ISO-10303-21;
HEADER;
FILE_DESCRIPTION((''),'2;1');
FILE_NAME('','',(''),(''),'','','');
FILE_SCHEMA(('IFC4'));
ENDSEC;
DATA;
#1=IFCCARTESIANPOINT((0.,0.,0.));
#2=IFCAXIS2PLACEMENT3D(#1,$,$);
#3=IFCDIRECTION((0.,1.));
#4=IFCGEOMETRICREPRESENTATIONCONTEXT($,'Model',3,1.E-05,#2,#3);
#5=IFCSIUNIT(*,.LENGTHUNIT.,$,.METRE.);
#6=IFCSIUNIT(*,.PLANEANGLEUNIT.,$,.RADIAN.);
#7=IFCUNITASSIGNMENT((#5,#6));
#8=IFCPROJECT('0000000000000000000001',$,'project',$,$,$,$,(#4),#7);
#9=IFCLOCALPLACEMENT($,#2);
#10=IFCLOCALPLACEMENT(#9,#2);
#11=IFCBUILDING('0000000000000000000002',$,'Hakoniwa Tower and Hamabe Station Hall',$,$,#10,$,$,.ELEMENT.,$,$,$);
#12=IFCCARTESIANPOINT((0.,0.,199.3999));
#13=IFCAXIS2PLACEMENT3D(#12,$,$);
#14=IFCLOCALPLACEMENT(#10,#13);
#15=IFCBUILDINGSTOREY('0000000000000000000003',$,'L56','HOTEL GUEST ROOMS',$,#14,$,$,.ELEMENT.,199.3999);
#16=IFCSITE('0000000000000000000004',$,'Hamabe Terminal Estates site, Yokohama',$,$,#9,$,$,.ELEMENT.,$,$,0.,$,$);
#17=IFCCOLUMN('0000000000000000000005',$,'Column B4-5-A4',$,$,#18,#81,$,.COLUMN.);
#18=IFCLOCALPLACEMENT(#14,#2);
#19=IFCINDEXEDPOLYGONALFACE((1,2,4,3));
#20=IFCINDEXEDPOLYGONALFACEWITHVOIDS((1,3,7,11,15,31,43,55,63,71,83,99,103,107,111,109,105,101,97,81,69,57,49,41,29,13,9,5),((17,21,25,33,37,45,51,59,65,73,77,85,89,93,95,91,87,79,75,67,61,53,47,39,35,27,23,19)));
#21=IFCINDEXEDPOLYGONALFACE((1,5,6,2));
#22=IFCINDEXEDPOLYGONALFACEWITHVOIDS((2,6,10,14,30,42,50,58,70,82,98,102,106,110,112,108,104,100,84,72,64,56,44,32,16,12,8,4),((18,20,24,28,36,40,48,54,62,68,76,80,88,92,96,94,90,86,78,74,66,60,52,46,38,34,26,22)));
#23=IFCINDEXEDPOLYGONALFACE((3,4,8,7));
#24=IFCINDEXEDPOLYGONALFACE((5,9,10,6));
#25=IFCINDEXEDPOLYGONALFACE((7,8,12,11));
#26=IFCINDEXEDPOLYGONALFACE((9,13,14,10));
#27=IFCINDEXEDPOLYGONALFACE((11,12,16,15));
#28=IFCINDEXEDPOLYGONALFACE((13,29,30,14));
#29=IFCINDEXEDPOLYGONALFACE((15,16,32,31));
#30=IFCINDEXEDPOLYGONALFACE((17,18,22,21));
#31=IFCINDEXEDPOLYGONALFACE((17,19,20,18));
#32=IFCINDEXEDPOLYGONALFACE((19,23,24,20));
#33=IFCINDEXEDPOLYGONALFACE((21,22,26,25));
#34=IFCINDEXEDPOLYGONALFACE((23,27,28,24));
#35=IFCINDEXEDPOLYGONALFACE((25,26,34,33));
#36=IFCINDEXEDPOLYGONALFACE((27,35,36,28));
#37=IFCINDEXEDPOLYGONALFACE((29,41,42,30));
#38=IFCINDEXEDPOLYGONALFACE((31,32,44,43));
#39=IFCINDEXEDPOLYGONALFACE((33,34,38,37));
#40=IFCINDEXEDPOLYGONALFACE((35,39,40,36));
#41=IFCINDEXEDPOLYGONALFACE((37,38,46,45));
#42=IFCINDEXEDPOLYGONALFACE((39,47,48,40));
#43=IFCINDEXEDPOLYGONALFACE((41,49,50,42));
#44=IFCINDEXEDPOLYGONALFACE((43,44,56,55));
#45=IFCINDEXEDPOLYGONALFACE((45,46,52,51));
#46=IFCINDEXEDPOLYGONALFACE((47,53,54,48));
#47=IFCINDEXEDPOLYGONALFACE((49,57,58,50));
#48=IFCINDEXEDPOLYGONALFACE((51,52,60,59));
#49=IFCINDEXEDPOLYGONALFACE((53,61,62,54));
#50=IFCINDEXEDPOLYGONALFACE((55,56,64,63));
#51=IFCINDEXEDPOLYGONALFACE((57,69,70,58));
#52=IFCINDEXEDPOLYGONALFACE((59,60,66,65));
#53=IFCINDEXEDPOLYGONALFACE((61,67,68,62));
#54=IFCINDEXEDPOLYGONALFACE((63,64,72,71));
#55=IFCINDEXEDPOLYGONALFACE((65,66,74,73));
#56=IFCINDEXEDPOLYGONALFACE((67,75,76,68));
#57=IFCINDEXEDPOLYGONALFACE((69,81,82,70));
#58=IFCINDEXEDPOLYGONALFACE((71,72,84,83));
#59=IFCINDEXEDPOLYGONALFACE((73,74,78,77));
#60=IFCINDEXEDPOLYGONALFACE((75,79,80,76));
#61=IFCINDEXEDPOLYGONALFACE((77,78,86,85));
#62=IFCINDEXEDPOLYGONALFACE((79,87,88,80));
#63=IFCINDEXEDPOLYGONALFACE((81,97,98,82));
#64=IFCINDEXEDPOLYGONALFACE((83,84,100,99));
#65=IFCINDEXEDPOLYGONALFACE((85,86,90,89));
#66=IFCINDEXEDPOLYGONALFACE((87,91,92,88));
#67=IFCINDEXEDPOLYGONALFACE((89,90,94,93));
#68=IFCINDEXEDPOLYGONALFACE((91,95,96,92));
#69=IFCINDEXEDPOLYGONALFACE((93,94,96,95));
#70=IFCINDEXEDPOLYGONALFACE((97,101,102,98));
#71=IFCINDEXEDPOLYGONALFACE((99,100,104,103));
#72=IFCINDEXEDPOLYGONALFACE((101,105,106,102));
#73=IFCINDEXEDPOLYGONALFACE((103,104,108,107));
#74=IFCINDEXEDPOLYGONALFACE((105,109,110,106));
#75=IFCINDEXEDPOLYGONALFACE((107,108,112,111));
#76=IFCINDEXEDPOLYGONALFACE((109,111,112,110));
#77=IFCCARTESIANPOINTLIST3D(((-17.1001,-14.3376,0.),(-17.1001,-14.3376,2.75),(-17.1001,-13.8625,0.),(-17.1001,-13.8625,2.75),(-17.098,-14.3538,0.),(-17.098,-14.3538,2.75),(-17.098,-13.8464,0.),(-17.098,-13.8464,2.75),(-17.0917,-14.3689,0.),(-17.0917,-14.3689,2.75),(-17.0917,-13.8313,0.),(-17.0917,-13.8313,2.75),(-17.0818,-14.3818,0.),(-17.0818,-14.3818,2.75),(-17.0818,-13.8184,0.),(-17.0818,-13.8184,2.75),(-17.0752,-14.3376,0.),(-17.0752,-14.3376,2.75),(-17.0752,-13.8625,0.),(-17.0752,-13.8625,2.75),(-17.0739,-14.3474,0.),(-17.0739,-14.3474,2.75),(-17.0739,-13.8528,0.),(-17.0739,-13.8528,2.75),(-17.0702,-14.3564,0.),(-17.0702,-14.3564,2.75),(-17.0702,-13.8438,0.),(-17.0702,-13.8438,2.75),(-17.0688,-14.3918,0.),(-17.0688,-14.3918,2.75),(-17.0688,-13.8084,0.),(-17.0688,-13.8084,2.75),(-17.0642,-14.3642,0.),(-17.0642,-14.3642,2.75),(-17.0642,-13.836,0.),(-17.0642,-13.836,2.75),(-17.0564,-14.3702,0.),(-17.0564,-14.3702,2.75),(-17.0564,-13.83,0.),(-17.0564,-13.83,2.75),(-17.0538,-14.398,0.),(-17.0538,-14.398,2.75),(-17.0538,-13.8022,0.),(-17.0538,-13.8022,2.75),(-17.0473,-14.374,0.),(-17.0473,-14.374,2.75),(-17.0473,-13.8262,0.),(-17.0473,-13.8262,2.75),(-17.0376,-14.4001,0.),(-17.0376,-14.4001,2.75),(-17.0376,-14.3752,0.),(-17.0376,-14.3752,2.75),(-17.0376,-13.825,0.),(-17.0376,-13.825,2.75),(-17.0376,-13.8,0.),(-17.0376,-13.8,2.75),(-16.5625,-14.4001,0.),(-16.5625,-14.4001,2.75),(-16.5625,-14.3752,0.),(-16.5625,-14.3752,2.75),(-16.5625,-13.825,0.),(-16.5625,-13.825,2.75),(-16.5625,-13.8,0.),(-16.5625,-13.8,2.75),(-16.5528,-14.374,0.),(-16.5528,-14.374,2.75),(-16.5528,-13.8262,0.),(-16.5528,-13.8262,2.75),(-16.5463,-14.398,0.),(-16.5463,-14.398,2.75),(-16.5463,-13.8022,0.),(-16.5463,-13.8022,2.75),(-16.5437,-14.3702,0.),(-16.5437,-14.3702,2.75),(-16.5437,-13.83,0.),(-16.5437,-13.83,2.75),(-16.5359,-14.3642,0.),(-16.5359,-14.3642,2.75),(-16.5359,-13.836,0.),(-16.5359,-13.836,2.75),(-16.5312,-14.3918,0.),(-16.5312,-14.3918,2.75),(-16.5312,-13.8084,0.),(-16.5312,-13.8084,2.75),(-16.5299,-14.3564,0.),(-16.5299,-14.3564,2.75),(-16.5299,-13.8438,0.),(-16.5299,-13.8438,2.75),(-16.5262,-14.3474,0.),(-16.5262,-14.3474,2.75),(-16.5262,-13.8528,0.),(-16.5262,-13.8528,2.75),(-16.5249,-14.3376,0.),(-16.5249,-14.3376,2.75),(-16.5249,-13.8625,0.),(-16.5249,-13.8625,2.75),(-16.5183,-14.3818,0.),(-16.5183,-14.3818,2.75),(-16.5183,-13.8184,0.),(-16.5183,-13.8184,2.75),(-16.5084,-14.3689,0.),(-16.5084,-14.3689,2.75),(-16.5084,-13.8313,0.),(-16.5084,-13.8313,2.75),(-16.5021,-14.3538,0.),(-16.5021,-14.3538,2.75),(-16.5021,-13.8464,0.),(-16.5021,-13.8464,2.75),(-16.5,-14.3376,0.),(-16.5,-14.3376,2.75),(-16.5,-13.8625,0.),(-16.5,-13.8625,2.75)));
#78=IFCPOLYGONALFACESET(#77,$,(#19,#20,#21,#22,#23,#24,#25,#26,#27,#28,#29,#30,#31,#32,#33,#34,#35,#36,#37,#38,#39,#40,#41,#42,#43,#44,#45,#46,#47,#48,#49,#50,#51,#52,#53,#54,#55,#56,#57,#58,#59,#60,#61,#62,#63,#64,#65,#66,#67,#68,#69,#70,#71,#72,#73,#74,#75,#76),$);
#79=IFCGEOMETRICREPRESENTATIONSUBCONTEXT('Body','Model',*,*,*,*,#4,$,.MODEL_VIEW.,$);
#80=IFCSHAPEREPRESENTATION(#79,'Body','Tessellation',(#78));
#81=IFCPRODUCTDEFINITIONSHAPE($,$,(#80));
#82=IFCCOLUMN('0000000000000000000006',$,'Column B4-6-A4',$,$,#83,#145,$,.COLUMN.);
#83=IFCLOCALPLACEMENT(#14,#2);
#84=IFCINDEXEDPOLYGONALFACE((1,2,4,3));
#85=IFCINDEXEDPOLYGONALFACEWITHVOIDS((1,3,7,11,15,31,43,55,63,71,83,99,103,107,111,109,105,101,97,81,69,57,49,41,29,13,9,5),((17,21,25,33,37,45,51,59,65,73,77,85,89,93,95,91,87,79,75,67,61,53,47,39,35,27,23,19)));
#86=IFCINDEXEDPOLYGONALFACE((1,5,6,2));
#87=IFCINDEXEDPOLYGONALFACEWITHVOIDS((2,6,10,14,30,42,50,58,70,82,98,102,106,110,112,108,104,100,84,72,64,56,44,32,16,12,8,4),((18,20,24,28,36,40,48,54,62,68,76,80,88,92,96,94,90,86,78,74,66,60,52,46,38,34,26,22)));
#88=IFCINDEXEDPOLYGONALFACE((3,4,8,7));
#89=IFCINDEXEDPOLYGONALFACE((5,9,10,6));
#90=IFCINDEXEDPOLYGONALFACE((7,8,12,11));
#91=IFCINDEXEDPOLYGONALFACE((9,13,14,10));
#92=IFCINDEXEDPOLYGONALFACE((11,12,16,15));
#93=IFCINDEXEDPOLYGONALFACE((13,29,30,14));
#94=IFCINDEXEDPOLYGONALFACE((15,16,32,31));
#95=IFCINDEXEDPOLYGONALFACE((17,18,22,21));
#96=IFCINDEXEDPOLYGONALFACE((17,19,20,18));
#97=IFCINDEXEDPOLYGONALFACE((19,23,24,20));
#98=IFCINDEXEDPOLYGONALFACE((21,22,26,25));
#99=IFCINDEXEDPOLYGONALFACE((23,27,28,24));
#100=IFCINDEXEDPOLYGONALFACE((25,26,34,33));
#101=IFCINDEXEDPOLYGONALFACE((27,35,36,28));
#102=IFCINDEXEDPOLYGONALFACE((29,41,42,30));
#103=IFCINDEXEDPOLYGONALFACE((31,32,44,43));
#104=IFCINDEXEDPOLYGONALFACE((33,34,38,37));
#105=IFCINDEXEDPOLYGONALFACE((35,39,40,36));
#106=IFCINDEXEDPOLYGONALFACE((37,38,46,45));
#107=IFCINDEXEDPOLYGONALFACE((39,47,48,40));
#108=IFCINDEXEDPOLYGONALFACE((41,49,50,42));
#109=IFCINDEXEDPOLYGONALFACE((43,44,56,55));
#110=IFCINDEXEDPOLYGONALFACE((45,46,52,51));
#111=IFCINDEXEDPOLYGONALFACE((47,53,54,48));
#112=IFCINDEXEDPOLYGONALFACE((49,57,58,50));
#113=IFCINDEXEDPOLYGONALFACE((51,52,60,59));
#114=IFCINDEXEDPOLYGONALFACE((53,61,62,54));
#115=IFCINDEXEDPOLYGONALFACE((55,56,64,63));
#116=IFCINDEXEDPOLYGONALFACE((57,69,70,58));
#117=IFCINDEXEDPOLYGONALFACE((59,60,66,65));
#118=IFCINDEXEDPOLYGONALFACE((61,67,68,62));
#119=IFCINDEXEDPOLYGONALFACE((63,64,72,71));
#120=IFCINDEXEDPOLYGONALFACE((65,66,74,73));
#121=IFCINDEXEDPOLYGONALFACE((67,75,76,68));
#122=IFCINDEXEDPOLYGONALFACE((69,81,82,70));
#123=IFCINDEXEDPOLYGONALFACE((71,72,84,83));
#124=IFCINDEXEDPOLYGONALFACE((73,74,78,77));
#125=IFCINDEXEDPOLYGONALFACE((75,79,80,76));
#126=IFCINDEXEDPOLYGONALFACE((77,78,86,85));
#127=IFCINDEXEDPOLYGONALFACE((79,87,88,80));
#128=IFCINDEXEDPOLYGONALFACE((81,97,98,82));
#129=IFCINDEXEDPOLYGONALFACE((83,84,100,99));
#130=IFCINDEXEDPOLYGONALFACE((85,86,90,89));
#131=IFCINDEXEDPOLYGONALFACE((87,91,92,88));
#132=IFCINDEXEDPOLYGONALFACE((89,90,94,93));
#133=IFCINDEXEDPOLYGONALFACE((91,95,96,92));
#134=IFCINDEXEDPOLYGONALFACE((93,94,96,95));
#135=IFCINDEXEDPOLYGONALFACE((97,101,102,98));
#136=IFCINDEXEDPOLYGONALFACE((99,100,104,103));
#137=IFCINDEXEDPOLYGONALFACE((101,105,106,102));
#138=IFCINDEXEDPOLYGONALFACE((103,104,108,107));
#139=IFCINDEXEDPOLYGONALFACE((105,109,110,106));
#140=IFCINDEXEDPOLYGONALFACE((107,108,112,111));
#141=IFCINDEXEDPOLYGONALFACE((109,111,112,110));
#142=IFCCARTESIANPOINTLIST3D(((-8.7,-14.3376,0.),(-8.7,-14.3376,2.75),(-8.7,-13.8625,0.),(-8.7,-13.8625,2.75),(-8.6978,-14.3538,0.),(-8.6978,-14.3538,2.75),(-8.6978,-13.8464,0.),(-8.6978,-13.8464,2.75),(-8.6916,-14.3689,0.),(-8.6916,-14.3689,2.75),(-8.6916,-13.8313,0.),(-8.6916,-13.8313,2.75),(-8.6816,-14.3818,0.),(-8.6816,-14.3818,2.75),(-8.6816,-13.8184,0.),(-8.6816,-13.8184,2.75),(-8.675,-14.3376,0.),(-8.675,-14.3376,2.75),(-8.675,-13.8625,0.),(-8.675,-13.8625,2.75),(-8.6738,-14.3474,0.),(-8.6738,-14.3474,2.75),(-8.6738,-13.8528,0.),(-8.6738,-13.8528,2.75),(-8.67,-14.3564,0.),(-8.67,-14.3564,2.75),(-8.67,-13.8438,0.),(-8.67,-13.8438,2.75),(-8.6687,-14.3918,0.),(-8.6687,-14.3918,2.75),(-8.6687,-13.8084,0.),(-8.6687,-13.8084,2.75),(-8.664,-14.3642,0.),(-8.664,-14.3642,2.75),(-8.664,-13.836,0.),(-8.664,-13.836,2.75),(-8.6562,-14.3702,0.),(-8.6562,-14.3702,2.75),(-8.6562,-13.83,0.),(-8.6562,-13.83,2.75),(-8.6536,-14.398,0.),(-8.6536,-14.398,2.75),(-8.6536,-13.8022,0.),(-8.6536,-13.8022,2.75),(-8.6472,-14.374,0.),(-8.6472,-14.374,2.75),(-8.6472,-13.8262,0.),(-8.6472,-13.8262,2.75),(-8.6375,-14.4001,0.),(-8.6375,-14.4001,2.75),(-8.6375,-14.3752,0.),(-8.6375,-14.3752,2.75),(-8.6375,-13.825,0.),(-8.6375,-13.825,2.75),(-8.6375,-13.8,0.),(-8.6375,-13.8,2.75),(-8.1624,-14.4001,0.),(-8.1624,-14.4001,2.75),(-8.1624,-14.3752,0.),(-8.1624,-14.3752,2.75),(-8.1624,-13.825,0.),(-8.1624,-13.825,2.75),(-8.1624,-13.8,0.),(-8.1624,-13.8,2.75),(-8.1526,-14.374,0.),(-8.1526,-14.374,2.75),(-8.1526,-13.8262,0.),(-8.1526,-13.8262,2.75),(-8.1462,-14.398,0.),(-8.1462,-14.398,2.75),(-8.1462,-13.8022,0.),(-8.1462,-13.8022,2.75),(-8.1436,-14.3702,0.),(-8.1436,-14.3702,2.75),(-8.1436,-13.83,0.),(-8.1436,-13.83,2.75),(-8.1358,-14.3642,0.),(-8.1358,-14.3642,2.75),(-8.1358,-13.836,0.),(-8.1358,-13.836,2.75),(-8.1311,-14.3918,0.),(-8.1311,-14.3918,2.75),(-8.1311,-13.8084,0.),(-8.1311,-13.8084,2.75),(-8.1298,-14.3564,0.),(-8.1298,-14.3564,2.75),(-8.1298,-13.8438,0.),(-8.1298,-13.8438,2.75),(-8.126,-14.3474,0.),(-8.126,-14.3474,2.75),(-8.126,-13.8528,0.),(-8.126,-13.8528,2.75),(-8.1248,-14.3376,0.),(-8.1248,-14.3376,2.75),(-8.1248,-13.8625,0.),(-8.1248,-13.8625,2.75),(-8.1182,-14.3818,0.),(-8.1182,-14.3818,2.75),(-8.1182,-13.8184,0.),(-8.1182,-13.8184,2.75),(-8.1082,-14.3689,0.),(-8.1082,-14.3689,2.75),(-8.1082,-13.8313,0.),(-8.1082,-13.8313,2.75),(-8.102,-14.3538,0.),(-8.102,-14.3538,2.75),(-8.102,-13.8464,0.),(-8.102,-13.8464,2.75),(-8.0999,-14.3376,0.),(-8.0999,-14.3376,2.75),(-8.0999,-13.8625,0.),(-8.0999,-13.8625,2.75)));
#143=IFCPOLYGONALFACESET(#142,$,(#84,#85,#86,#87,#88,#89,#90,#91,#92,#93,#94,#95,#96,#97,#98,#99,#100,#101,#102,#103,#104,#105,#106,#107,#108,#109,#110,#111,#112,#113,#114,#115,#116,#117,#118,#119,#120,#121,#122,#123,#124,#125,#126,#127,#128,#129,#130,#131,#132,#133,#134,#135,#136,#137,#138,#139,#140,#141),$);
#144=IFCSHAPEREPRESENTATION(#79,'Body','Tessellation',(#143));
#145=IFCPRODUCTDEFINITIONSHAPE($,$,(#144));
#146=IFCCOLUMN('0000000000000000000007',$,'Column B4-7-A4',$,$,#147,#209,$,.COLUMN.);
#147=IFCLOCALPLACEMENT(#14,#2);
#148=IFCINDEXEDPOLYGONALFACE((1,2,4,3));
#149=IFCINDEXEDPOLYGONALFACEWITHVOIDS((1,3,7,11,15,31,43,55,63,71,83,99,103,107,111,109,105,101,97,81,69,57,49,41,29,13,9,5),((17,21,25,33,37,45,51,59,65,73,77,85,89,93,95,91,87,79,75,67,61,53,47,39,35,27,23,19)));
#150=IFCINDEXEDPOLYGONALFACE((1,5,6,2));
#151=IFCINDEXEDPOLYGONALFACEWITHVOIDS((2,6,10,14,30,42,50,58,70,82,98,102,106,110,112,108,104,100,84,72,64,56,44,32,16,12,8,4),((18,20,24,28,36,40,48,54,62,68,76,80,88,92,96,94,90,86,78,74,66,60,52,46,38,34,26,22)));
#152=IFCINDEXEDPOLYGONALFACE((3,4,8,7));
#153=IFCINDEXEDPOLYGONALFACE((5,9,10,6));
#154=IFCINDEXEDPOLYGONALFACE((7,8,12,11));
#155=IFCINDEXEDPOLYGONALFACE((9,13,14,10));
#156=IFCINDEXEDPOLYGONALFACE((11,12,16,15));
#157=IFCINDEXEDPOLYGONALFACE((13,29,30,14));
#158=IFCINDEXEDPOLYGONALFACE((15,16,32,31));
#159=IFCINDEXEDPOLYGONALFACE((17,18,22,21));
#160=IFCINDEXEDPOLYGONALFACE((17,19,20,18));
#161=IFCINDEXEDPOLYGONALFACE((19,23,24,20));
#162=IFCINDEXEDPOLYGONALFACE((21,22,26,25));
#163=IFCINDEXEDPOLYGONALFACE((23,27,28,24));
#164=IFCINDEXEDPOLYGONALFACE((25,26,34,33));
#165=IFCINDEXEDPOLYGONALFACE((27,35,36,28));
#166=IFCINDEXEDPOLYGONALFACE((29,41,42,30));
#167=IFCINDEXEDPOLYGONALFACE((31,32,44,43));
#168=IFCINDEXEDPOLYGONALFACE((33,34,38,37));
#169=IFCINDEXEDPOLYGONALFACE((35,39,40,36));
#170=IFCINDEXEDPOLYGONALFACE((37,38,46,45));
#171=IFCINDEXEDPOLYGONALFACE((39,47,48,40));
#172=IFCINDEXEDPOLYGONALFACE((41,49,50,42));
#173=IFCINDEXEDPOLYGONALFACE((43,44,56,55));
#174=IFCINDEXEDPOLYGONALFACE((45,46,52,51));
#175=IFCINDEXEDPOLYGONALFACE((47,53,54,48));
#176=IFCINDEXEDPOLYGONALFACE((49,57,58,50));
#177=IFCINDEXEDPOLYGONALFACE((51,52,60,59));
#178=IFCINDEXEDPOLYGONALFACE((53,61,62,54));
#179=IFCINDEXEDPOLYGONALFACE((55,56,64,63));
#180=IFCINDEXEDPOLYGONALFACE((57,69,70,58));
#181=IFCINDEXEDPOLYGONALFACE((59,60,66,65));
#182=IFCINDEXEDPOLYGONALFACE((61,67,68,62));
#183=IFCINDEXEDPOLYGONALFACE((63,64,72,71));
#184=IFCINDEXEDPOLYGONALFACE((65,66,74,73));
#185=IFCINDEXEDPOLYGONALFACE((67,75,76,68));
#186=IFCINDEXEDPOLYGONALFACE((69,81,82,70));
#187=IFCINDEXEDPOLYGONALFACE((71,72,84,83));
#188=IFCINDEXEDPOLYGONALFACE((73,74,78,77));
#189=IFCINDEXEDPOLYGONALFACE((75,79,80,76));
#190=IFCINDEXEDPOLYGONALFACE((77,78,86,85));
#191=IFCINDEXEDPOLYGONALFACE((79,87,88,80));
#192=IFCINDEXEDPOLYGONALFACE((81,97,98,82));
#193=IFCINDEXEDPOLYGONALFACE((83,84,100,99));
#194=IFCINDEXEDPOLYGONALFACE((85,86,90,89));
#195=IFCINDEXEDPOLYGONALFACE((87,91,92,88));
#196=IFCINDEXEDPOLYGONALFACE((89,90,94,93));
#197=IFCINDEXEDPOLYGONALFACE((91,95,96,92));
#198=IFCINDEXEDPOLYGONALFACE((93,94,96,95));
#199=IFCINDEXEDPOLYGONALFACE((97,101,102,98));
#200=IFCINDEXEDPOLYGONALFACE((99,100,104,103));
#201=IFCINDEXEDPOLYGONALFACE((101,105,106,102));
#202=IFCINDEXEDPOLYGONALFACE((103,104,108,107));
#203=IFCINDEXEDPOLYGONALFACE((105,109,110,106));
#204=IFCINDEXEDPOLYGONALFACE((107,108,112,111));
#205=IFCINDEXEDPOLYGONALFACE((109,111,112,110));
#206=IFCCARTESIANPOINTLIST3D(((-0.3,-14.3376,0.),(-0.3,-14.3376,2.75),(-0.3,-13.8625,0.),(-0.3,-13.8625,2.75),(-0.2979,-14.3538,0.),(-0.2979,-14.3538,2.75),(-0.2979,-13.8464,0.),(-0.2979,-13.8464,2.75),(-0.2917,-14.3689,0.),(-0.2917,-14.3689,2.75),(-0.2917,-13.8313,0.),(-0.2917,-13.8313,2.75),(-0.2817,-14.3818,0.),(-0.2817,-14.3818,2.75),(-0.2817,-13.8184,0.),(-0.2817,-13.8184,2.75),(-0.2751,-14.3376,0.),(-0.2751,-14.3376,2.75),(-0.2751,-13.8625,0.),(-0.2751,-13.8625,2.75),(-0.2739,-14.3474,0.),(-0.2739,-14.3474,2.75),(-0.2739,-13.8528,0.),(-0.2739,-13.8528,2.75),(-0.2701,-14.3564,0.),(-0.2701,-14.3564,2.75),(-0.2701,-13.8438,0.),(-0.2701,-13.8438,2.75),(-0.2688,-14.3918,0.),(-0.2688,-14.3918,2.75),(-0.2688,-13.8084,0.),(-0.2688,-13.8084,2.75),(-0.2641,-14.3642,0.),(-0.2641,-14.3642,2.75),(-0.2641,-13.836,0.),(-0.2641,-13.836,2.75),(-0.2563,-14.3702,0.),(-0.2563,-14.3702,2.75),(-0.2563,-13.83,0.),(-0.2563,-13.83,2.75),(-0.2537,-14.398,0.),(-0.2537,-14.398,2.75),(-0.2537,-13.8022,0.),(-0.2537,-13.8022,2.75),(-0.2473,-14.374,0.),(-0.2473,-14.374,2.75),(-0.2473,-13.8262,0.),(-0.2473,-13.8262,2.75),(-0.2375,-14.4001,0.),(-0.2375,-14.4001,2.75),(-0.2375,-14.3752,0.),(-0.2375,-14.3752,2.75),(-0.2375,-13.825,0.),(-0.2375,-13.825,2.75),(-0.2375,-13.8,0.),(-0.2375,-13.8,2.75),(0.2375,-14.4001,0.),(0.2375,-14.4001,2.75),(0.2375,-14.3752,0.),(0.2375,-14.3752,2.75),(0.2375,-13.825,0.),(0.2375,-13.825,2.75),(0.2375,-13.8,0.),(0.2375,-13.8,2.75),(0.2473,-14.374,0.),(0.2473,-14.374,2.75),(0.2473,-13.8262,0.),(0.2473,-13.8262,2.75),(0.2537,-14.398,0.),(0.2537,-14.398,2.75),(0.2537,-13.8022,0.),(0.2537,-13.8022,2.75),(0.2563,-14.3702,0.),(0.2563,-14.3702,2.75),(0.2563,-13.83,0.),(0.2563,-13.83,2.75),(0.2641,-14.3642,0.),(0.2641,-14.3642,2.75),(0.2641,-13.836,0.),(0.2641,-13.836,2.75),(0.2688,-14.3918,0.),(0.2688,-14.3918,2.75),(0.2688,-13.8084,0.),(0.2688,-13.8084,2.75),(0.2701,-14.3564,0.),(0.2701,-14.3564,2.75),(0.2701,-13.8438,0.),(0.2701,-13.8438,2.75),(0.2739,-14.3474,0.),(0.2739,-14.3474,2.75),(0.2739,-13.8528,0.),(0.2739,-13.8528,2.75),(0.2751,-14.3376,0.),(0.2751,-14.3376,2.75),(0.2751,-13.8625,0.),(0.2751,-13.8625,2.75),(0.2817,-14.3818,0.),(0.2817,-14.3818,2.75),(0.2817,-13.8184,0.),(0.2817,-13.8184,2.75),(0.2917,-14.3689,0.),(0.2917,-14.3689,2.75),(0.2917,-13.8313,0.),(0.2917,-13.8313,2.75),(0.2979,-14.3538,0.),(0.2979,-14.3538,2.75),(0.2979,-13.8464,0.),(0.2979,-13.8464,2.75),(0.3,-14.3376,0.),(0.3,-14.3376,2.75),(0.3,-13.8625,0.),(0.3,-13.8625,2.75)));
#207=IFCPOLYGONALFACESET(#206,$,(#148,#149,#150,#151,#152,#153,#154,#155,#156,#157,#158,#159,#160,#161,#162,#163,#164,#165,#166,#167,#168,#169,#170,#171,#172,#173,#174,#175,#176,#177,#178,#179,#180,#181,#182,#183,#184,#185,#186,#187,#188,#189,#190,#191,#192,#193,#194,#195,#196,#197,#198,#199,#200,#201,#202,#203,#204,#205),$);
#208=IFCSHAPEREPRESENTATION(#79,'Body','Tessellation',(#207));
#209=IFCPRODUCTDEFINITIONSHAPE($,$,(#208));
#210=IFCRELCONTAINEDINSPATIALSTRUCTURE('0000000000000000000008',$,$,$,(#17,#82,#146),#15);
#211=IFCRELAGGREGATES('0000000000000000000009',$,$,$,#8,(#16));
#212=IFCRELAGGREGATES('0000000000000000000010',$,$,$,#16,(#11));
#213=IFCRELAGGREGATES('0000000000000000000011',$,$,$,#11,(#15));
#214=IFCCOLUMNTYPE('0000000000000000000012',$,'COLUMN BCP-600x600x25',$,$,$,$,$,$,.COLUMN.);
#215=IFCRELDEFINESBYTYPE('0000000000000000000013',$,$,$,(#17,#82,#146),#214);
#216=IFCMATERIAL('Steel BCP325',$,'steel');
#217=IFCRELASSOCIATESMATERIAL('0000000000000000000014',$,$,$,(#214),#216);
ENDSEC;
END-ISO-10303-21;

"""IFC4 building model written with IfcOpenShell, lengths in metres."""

from ifc_helpers import new_model, si_unit, direction, frame, origin, origin_2d, place, context, subcontext, project, spatial, hollow_rectangle, extrude, material, material_profile, profile_set, type_object, element, save


model = new_model("IFC4")

# Units and contexts
model_context = context("Model", 3, precision=1e-05, world=origin(), true_north=direction((0.0, 1.0)))
body_context = subcontext(model_context, "Body", "Model", "MODEL_VIEW")
ifc_project = project(units=[si_unit("LENGTHUNIT", "METRE"), si_unit("PLANEANGLEUNIT", "RADIAN")], contexts=[model_context])

# Site, building, storey
site_placement = place(None, origin())
site = spatial("IfcSite", under=ifc_project, at=site_placement, Name="Hamabe Terminal Estates site, Yokohama", CompositionType="ELEMENT", RefElevation=0.0)
building_placement = place(site_placement, origin())
building = spatial("IfcBuilding", under=site, at=building_placement, Name="Hakoniwa Tower and Hamabe Station Hall", CompositionType="ELEMENT")
storey_placement = place(building_placement, frame((0.0, 0.0, 199.3999)))
storey = spatial("IfcBuildingStorey", under=building, at=storey_placement, Name="L56", Description="HOTEL GUEST ROOMS", CompositionType="ELEMENT", Elevation=199.3999)

# Columns
ifc_material_1 = material(Name="Steel BCP325", Category="steel")
ifc_material_profile_1 = material_profile(ifc_material_1, hollow_rectangle(XDim=0.6001, YDim=0.6001, WallThickness=0.0249, InnerFilletRadius=0.0376, OuterFilletRadius=0.0625, at=origin_2d()), Name="BCP-600x600x25")
ifc_profile_set_1 = profile_set([ifc_material_profile_1], Name="Steel BCP325")
column_type = type_object("IfcColumnType", Name="COLUMN BCP-600x600x25", PredefinedType="COLUMN", material=ifc_profile_set_1)
for number, where, z_axis, x_axis, name in (
    (1, (-16.8, -14.1001, 0.0), (0.0, 0.0, 1.0), (1.0, 0.0, 0.0), "Column B4-5-A4"),
    (2, (-8.3999, -14.1001, 0.0), (0.0, 0.0, 1.0), (1.0, 0.0, 0.0), "Column B4-6-A4"),
    (3, (0.0, -14.1001, 0.0), (0.0, 0.0, 1.0), (1.0, 0.0, 0.0), "Column B4-7-A4"),
):
    element("IfcColumn", number, at=place(storey_placement, frame(where, z_axis=z_axis, x_axis=x_axis)), inside=storey, type_object=column_type, Name=name, PredefinedType="COLUMN", context=body_context, shape_type="SweptSolid", body=[
        extrude(hollow_rectangle(XDim=0.6001, YDim=0.6001, WallThickness=0.0249, InnerFilletRadius=0.0376, OuterFilletRadius=0.0625, at=origin_2d()), origin(), (0.0, 0.0, 1.0), 2.75),
    ])

save(model, "model.ifc")
